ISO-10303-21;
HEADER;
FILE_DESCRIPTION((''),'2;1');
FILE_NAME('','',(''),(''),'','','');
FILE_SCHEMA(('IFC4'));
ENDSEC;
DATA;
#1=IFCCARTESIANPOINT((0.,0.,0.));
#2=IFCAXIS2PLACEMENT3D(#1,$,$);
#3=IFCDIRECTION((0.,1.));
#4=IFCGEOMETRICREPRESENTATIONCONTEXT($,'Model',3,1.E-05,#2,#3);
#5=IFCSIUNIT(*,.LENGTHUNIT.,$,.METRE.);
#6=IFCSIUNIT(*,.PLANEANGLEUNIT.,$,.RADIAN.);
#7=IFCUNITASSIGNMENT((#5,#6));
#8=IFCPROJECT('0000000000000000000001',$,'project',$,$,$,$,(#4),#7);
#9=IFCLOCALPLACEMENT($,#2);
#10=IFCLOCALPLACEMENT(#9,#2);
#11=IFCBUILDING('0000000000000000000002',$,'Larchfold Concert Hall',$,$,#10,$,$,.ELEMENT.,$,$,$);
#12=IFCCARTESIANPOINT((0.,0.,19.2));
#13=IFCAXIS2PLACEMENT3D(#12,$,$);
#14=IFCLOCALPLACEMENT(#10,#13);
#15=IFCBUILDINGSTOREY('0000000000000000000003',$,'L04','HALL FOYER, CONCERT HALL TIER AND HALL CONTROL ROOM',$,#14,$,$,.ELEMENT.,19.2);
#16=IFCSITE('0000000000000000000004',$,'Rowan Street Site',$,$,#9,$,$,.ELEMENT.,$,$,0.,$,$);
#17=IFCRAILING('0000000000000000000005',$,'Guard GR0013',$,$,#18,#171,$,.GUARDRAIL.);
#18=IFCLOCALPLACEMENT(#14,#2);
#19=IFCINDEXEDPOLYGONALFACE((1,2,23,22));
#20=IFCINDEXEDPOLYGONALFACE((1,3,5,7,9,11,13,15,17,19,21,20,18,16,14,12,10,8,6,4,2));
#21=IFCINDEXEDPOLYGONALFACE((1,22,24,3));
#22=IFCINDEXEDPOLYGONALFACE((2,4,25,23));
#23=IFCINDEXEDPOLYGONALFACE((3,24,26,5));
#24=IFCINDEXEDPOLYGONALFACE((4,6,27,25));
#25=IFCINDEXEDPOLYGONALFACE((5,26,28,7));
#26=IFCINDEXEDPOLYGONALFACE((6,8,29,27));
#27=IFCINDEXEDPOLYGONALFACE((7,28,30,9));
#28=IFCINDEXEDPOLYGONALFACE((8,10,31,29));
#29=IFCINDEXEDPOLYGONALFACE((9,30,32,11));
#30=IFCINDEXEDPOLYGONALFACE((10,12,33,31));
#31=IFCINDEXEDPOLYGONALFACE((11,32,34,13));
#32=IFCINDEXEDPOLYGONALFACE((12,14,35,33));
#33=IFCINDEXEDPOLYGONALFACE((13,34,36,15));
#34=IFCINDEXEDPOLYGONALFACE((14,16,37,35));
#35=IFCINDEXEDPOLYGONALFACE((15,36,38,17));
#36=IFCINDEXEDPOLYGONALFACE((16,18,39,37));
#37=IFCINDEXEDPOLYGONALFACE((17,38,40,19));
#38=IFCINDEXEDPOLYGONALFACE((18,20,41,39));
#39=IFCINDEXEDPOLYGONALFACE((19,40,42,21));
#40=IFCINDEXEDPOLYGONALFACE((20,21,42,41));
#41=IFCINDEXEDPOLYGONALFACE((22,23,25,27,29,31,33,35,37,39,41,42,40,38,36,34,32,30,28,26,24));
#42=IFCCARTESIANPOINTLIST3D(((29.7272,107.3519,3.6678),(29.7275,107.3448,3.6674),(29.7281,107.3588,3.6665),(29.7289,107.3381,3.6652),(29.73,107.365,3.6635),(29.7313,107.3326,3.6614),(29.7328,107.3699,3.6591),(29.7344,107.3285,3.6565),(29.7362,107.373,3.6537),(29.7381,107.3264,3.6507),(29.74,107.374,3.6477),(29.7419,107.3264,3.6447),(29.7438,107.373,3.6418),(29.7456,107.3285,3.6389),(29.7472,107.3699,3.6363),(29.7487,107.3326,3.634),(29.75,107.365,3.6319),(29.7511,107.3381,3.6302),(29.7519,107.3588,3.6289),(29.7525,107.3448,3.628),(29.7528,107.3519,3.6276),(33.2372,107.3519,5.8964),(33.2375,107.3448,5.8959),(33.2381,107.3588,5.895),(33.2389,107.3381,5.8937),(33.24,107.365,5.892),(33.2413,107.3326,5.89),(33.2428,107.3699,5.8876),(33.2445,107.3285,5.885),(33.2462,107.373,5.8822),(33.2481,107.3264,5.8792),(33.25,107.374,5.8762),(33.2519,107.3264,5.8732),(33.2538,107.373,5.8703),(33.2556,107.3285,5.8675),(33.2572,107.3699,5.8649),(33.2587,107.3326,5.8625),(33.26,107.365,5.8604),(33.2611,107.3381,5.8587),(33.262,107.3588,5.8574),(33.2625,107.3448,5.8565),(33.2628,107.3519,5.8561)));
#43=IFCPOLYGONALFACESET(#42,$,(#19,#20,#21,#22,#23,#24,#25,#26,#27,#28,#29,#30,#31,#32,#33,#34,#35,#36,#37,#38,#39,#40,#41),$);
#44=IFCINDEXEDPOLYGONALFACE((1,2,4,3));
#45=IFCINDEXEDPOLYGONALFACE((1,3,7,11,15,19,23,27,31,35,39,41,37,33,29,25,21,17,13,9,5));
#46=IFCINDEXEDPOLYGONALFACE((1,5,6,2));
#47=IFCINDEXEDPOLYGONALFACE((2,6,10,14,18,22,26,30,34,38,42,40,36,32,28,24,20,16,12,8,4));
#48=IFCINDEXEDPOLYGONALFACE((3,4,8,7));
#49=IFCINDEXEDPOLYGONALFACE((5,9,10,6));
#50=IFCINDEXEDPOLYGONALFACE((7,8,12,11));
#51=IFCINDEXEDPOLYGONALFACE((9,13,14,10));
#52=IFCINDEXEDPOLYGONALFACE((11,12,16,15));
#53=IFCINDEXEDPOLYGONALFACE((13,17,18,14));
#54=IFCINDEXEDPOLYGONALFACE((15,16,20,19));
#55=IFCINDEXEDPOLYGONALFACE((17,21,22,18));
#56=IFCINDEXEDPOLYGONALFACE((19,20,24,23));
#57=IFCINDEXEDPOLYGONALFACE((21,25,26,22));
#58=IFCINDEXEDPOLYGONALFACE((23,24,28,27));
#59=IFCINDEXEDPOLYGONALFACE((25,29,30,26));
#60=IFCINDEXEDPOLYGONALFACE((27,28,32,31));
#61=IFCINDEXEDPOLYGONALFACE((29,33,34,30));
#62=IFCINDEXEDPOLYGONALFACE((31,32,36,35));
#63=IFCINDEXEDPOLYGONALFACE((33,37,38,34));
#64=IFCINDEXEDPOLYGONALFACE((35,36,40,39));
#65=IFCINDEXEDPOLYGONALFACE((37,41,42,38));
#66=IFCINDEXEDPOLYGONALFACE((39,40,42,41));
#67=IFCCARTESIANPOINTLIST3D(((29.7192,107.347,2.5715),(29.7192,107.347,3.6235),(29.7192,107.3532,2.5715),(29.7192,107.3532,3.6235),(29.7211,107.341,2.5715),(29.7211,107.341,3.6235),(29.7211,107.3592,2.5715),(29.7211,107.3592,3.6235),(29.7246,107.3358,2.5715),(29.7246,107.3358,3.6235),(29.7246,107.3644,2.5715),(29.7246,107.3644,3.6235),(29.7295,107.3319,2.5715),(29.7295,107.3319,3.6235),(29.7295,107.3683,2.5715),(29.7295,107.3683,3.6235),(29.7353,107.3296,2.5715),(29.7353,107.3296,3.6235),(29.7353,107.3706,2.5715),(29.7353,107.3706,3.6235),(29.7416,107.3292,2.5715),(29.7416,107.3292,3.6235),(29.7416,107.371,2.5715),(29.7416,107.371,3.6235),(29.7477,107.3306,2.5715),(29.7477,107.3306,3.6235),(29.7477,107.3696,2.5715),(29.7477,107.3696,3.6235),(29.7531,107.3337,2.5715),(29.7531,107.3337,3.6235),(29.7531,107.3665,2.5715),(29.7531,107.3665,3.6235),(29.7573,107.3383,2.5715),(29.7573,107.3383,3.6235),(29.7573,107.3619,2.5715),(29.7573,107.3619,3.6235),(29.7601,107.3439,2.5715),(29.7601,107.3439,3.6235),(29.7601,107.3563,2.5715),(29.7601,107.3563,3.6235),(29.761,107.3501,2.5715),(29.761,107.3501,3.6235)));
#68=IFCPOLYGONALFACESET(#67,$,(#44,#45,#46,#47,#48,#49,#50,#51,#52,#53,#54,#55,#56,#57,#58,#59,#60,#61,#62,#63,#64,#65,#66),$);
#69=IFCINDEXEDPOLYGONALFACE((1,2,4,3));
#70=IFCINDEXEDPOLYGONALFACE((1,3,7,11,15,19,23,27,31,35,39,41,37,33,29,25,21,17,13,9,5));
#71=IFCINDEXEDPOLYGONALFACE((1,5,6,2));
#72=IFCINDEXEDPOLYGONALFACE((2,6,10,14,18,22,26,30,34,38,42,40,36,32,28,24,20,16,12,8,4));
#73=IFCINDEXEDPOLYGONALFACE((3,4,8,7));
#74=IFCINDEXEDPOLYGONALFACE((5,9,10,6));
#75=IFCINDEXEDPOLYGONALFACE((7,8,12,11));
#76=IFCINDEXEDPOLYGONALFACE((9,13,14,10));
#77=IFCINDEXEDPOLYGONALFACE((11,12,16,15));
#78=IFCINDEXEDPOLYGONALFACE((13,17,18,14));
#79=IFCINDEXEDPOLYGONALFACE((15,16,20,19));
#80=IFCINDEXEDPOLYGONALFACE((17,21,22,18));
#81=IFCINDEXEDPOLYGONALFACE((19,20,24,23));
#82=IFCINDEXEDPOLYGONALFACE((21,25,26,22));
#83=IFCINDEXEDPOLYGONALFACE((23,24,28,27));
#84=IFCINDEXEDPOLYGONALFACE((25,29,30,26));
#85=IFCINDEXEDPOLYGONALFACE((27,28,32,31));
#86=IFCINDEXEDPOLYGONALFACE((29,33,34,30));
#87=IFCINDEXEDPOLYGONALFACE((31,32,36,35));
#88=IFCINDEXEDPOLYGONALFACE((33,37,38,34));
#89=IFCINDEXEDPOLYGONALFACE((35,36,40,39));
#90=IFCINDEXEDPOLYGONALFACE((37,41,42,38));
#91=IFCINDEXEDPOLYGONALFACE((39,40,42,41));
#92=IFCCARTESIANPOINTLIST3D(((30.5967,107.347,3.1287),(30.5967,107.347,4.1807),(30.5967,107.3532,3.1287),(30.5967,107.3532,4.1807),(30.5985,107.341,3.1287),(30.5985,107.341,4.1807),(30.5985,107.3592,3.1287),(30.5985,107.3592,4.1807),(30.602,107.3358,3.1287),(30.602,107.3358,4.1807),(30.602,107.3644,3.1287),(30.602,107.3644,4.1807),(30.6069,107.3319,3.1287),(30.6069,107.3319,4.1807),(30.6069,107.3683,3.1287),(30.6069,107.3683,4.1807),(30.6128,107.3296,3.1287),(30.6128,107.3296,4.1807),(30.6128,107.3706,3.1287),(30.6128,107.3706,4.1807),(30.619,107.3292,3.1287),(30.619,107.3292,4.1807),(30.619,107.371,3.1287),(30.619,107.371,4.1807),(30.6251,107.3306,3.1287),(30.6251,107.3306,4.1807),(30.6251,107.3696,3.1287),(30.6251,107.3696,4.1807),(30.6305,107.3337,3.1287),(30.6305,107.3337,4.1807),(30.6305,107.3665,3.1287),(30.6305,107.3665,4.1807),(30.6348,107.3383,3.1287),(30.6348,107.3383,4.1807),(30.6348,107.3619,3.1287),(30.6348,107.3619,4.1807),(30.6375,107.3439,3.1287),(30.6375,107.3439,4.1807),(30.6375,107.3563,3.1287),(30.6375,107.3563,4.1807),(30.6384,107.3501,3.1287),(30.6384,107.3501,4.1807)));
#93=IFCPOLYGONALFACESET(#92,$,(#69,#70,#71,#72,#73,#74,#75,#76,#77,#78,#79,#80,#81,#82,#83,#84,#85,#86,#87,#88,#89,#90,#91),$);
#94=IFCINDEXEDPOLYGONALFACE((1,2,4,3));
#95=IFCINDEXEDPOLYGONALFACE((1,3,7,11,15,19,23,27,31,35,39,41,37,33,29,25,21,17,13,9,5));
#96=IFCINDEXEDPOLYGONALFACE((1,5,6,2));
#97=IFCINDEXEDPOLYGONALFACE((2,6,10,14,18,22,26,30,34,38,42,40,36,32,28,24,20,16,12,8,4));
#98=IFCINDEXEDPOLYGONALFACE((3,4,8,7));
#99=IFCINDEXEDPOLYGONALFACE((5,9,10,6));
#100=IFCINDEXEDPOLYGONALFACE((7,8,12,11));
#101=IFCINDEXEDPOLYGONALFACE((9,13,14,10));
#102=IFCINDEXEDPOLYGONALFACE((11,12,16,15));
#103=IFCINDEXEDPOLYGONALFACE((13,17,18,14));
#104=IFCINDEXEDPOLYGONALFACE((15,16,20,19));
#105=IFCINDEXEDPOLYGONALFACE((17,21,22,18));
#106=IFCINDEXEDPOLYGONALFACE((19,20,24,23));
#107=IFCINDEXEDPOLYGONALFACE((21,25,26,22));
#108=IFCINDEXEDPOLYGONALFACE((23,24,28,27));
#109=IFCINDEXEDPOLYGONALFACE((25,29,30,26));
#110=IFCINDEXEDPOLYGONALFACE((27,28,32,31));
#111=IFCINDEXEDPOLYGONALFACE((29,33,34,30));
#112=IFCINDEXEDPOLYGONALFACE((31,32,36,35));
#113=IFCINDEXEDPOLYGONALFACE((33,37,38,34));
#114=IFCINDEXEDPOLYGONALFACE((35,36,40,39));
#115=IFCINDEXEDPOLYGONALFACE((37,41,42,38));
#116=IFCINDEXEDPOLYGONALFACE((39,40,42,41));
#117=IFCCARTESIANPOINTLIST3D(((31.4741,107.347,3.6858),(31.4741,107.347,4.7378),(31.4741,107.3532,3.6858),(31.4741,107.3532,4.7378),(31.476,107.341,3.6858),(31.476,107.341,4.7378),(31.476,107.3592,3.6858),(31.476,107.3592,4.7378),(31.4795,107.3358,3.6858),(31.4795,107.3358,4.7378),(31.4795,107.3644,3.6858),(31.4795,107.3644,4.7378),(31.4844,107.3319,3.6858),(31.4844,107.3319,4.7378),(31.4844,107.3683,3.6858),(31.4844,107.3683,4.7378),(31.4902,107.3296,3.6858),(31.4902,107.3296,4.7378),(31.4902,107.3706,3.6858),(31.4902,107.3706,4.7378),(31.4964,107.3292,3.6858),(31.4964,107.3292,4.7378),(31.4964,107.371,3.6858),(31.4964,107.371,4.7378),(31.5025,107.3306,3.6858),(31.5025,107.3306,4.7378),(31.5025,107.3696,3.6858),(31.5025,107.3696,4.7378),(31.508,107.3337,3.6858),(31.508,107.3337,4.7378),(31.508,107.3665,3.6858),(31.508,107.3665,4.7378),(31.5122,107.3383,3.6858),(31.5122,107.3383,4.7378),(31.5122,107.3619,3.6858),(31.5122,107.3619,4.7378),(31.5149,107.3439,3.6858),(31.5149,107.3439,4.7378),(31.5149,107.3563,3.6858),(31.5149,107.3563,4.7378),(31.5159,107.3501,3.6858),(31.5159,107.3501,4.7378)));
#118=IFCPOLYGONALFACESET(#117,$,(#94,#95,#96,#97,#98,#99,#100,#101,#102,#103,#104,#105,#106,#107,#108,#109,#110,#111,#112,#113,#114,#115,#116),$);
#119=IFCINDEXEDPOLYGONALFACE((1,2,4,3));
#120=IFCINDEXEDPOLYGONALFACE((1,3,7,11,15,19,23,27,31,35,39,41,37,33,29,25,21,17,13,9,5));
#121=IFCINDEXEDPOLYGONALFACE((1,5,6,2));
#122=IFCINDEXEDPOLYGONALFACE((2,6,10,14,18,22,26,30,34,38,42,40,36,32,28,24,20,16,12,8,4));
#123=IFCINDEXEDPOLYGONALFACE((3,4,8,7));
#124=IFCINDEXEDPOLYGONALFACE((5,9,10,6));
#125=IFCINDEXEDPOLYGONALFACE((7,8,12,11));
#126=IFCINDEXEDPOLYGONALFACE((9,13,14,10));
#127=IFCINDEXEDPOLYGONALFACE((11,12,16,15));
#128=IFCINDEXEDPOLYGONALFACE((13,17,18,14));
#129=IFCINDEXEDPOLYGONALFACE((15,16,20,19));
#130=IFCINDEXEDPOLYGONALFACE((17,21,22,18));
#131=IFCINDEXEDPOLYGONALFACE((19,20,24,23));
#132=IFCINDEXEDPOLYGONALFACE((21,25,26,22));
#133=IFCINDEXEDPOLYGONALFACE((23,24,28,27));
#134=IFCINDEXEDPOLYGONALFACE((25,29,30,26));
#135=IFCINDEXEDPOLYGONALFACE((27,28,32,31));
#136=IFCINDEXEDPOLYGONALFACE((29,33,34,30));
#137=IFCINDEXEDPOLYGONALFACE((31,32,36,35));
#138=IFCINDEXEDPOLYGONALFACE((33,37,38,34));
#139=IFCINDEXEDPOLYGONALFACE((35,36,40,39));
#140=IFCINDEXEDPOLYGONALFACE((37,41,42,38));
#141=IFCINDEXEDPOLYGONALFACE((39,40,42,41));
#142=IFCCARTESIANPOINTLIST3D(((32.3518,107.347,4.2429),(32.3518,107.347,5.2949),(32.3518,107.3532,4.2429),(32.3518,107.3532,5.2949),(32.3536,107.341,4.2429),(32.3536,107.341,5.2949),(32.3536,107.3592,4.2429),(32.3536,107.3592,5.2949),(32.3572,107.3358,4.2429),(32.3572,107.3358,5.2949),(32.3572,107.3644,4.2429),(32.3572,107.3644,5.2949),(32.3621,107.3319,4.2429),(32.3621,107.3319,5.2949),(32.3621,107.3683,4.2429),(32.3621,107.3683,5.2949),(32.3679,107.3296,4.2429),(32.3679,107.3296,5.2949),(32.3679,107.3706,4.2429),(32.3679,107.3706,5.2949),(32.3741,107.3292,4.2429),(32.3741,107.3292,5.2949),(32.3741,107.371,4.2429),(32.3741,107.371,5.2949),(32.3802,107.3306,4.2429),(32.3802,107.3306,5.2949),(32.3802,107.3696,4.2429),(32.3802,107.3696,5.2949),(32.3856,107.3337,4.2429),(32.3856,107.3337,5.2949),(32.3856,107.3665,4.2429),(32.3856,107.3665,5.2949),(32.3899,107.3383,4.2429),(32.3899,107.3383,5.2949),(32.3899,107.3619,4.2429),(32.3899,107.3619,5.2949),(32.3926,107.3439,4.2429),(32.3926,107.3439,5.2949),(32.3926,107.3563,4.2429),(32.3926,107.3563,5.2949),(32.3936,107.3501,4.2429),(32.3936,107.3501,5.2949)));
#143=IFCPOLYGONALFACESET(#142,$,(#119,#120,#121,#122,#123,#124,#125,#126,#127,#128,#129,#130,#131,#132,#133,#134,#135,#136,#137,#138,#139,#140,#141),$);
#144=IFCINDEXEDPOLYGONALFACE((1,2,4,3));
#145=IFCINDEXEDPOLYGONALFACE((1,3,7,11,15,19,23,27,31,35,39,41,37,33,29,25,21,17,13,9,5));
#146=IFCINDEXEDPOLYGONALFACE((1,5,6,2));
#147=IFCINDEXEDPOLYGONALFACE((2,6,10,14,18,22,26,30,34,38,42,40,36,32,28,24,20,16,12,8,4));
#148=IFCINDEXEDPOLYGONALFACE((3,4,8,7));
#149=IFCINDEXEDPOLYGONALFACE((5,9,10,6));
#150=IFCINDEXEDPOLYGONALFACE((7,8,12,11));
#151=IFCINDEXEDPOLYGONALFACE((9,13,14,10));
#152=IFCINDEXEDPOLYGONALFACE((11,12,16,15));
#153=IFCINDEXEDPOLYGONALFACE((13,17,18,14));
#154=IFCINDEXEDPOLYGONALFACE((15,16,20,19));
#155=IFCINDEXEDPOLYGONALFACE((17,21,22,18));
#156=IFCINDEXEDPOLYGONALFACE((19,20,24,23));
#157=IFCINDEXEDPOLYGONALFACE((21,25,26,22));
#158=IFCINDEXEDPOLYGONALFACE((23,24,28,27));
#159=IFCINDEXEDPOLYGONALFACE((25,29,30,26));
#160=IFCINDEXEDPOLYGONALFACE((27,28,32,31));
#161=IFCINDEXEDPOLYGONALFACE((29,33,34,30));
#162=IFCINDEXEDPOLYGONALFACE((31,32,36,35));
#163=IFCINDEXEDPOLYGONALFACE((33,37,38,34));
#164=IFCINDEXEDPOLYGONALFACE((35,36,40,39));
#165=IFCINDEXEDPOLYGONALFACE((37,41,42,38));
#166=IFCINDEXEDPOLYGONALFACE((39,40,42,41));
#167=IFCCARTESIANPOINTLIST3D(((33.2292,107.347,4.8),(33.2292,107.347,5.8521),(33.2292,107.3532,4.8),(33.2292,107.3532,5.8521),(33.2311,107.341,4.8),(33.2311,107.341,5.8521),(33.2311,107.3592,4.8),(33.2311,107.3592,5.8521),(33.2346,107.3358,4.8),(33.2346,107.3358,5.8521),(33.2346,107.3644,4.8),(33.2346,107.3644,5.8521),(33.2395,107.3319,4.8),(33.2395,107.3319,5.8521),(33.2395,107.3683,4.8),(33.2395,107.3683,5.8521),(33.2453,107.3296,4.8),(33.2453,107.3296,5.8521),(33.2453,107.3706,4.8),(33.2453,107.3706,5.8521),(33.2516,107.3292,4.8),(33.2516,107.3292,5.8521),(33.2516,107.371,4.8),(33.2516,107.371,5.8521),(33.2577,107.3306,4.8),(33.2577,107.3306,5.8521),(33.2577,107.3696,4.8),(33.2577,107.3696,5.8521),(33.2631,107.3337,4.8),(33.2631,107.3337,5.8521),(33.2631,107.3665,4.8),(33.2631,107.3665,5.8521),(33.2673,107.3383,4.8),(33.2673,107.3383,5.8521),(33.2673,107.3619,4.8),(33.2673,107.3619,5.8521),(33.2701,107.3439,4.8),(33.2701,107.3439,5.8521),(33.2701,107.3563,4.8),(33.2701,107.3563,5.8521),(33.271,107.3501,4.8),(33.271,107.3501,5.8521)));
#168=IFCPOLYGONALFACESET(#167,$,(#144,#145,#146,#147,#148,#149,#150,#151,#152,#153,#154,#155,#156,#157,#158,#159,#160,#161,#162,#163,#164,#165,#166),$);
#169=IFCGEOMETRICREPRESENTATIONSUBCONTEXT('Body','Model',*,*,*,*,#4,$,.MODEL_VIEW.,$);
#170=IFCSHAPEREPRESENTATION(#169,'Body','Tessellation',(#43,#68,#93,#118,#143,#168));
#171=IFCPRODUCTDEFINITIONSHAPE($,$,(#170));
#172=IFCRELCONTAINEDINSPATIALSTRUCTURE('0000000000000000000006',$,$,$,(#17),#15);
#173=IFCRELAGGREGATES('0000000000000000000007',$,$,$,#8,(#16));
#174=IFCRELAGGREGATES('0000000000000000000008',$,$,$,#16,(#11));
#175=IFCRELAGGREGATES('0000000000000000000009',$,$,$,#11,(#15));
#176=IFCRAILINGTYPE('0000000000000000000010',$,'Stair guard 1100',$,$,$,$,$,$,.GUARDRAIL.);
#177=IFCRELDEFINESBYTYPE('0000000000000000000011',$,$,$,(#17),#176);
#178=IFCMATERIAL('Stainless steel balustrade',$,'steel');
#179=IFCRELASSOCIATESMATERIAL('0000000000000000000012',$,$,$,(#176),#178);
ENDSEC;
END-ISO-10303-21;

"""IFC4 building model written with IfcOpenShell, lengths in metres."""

from ifc_helpers import new_model, si_unit, direction, frame, origin, origin_2d, place, context, subcontext, project, spatial, circle, extrude, material, type_object, element, save


model = new_model("IFC4")

# Units and contexts
model_context = context("Model", 3, precision=1e-05, world=origin(), true_north=direction((0.0, 1.0)))
body_context = subcontext(model_context, "Body", "Model", "MODEL_VIEW")
ifc_project = project(units=[si_unit("LENGTHUNIT", "METRE"), si_unit("PLANEANGLEUNIT", "RADIAN")], contexts=[model_context])

# Site, building, storey
site_placement = place(None, origin())
site = spatial("IfcSite", under=ifc_project, at=site_placement, Name="Rowan Street Site", CompositionType="ELEMENT", RefElevation=0.0)
building_placement = place(site_placement, origin())
building = spatial("IfcBuilding", under=site, at=building_placement, Name="Larchfold Concert Hall", CompositionType="ELEMENT")
storey_placement = place(building_placement, frame((0.0, 0.0, 19.2)))
storey = spatial("IfcBuildingStorey", under=building, at=storey_placement, Name="L04", Description="HALL FOYER, CONCERT HALL TIER AND HALL CONTROL ROOM", CompositionType="ELEMENT", Elevation=19.2)

# Railing
ifc_material_1 = material(Name="Stainless steel balustrade", Category="steel")
railing_type_1 = type_object("IfcRailingType", Name="Stair guard 1100", PredefinedType="GUARDRAIL", material=ifc_material_1)
railing_1_placement = place(storey_placement, frame((29.74, 107.3501, 2.5715)))
element("IfcRailing", 1, at=railing_1_placement, inside=storey, type_object=railing_type_1, Name="Guard GR0013", PredefinedType="GUARDRAIL", context=body_context, shape_type="SweptSolid", body=[
    extrude(circle(Radius=0.0239, at=origin_2d()), frame((0.0, 0.0, 1.0762), z_axis=(0.84422, 0.0, 0.535998), x_axis=(0.0, 1.0, 0.0)), (0.0, 0.0, 1.0), 4.1577),
    extrude(circle(Radius=0.021, at=origin_2d()), origin(), (0.0, 0.0, 1.0), 1.052),
    extrude(circle(Radius=0.021, at=origin_2d()), frame((0.8774, 0.0, 0.5571)), (0.0, 0.0, 1.0), 1.052),
    extrude(circle(Radius=0.021, at=origin_2d()), frame((1.7549, 0.0, 1.1143)), (0.0, 0.0, 1.0), 1.052),
    extrude(circle(Radius=0.021, at=origin_2d()), frame((2.6326, 0.0, 1.6714)), (0.0, 0.0, 1.0), 1.052),
    extrude(circle(Radius=0.021, at=origin_2d()), frame((3.51, 0.0, 2.2285)), (0.0, 0.0, 1.0), 1.052),
])

save(model, "model.ifc")
